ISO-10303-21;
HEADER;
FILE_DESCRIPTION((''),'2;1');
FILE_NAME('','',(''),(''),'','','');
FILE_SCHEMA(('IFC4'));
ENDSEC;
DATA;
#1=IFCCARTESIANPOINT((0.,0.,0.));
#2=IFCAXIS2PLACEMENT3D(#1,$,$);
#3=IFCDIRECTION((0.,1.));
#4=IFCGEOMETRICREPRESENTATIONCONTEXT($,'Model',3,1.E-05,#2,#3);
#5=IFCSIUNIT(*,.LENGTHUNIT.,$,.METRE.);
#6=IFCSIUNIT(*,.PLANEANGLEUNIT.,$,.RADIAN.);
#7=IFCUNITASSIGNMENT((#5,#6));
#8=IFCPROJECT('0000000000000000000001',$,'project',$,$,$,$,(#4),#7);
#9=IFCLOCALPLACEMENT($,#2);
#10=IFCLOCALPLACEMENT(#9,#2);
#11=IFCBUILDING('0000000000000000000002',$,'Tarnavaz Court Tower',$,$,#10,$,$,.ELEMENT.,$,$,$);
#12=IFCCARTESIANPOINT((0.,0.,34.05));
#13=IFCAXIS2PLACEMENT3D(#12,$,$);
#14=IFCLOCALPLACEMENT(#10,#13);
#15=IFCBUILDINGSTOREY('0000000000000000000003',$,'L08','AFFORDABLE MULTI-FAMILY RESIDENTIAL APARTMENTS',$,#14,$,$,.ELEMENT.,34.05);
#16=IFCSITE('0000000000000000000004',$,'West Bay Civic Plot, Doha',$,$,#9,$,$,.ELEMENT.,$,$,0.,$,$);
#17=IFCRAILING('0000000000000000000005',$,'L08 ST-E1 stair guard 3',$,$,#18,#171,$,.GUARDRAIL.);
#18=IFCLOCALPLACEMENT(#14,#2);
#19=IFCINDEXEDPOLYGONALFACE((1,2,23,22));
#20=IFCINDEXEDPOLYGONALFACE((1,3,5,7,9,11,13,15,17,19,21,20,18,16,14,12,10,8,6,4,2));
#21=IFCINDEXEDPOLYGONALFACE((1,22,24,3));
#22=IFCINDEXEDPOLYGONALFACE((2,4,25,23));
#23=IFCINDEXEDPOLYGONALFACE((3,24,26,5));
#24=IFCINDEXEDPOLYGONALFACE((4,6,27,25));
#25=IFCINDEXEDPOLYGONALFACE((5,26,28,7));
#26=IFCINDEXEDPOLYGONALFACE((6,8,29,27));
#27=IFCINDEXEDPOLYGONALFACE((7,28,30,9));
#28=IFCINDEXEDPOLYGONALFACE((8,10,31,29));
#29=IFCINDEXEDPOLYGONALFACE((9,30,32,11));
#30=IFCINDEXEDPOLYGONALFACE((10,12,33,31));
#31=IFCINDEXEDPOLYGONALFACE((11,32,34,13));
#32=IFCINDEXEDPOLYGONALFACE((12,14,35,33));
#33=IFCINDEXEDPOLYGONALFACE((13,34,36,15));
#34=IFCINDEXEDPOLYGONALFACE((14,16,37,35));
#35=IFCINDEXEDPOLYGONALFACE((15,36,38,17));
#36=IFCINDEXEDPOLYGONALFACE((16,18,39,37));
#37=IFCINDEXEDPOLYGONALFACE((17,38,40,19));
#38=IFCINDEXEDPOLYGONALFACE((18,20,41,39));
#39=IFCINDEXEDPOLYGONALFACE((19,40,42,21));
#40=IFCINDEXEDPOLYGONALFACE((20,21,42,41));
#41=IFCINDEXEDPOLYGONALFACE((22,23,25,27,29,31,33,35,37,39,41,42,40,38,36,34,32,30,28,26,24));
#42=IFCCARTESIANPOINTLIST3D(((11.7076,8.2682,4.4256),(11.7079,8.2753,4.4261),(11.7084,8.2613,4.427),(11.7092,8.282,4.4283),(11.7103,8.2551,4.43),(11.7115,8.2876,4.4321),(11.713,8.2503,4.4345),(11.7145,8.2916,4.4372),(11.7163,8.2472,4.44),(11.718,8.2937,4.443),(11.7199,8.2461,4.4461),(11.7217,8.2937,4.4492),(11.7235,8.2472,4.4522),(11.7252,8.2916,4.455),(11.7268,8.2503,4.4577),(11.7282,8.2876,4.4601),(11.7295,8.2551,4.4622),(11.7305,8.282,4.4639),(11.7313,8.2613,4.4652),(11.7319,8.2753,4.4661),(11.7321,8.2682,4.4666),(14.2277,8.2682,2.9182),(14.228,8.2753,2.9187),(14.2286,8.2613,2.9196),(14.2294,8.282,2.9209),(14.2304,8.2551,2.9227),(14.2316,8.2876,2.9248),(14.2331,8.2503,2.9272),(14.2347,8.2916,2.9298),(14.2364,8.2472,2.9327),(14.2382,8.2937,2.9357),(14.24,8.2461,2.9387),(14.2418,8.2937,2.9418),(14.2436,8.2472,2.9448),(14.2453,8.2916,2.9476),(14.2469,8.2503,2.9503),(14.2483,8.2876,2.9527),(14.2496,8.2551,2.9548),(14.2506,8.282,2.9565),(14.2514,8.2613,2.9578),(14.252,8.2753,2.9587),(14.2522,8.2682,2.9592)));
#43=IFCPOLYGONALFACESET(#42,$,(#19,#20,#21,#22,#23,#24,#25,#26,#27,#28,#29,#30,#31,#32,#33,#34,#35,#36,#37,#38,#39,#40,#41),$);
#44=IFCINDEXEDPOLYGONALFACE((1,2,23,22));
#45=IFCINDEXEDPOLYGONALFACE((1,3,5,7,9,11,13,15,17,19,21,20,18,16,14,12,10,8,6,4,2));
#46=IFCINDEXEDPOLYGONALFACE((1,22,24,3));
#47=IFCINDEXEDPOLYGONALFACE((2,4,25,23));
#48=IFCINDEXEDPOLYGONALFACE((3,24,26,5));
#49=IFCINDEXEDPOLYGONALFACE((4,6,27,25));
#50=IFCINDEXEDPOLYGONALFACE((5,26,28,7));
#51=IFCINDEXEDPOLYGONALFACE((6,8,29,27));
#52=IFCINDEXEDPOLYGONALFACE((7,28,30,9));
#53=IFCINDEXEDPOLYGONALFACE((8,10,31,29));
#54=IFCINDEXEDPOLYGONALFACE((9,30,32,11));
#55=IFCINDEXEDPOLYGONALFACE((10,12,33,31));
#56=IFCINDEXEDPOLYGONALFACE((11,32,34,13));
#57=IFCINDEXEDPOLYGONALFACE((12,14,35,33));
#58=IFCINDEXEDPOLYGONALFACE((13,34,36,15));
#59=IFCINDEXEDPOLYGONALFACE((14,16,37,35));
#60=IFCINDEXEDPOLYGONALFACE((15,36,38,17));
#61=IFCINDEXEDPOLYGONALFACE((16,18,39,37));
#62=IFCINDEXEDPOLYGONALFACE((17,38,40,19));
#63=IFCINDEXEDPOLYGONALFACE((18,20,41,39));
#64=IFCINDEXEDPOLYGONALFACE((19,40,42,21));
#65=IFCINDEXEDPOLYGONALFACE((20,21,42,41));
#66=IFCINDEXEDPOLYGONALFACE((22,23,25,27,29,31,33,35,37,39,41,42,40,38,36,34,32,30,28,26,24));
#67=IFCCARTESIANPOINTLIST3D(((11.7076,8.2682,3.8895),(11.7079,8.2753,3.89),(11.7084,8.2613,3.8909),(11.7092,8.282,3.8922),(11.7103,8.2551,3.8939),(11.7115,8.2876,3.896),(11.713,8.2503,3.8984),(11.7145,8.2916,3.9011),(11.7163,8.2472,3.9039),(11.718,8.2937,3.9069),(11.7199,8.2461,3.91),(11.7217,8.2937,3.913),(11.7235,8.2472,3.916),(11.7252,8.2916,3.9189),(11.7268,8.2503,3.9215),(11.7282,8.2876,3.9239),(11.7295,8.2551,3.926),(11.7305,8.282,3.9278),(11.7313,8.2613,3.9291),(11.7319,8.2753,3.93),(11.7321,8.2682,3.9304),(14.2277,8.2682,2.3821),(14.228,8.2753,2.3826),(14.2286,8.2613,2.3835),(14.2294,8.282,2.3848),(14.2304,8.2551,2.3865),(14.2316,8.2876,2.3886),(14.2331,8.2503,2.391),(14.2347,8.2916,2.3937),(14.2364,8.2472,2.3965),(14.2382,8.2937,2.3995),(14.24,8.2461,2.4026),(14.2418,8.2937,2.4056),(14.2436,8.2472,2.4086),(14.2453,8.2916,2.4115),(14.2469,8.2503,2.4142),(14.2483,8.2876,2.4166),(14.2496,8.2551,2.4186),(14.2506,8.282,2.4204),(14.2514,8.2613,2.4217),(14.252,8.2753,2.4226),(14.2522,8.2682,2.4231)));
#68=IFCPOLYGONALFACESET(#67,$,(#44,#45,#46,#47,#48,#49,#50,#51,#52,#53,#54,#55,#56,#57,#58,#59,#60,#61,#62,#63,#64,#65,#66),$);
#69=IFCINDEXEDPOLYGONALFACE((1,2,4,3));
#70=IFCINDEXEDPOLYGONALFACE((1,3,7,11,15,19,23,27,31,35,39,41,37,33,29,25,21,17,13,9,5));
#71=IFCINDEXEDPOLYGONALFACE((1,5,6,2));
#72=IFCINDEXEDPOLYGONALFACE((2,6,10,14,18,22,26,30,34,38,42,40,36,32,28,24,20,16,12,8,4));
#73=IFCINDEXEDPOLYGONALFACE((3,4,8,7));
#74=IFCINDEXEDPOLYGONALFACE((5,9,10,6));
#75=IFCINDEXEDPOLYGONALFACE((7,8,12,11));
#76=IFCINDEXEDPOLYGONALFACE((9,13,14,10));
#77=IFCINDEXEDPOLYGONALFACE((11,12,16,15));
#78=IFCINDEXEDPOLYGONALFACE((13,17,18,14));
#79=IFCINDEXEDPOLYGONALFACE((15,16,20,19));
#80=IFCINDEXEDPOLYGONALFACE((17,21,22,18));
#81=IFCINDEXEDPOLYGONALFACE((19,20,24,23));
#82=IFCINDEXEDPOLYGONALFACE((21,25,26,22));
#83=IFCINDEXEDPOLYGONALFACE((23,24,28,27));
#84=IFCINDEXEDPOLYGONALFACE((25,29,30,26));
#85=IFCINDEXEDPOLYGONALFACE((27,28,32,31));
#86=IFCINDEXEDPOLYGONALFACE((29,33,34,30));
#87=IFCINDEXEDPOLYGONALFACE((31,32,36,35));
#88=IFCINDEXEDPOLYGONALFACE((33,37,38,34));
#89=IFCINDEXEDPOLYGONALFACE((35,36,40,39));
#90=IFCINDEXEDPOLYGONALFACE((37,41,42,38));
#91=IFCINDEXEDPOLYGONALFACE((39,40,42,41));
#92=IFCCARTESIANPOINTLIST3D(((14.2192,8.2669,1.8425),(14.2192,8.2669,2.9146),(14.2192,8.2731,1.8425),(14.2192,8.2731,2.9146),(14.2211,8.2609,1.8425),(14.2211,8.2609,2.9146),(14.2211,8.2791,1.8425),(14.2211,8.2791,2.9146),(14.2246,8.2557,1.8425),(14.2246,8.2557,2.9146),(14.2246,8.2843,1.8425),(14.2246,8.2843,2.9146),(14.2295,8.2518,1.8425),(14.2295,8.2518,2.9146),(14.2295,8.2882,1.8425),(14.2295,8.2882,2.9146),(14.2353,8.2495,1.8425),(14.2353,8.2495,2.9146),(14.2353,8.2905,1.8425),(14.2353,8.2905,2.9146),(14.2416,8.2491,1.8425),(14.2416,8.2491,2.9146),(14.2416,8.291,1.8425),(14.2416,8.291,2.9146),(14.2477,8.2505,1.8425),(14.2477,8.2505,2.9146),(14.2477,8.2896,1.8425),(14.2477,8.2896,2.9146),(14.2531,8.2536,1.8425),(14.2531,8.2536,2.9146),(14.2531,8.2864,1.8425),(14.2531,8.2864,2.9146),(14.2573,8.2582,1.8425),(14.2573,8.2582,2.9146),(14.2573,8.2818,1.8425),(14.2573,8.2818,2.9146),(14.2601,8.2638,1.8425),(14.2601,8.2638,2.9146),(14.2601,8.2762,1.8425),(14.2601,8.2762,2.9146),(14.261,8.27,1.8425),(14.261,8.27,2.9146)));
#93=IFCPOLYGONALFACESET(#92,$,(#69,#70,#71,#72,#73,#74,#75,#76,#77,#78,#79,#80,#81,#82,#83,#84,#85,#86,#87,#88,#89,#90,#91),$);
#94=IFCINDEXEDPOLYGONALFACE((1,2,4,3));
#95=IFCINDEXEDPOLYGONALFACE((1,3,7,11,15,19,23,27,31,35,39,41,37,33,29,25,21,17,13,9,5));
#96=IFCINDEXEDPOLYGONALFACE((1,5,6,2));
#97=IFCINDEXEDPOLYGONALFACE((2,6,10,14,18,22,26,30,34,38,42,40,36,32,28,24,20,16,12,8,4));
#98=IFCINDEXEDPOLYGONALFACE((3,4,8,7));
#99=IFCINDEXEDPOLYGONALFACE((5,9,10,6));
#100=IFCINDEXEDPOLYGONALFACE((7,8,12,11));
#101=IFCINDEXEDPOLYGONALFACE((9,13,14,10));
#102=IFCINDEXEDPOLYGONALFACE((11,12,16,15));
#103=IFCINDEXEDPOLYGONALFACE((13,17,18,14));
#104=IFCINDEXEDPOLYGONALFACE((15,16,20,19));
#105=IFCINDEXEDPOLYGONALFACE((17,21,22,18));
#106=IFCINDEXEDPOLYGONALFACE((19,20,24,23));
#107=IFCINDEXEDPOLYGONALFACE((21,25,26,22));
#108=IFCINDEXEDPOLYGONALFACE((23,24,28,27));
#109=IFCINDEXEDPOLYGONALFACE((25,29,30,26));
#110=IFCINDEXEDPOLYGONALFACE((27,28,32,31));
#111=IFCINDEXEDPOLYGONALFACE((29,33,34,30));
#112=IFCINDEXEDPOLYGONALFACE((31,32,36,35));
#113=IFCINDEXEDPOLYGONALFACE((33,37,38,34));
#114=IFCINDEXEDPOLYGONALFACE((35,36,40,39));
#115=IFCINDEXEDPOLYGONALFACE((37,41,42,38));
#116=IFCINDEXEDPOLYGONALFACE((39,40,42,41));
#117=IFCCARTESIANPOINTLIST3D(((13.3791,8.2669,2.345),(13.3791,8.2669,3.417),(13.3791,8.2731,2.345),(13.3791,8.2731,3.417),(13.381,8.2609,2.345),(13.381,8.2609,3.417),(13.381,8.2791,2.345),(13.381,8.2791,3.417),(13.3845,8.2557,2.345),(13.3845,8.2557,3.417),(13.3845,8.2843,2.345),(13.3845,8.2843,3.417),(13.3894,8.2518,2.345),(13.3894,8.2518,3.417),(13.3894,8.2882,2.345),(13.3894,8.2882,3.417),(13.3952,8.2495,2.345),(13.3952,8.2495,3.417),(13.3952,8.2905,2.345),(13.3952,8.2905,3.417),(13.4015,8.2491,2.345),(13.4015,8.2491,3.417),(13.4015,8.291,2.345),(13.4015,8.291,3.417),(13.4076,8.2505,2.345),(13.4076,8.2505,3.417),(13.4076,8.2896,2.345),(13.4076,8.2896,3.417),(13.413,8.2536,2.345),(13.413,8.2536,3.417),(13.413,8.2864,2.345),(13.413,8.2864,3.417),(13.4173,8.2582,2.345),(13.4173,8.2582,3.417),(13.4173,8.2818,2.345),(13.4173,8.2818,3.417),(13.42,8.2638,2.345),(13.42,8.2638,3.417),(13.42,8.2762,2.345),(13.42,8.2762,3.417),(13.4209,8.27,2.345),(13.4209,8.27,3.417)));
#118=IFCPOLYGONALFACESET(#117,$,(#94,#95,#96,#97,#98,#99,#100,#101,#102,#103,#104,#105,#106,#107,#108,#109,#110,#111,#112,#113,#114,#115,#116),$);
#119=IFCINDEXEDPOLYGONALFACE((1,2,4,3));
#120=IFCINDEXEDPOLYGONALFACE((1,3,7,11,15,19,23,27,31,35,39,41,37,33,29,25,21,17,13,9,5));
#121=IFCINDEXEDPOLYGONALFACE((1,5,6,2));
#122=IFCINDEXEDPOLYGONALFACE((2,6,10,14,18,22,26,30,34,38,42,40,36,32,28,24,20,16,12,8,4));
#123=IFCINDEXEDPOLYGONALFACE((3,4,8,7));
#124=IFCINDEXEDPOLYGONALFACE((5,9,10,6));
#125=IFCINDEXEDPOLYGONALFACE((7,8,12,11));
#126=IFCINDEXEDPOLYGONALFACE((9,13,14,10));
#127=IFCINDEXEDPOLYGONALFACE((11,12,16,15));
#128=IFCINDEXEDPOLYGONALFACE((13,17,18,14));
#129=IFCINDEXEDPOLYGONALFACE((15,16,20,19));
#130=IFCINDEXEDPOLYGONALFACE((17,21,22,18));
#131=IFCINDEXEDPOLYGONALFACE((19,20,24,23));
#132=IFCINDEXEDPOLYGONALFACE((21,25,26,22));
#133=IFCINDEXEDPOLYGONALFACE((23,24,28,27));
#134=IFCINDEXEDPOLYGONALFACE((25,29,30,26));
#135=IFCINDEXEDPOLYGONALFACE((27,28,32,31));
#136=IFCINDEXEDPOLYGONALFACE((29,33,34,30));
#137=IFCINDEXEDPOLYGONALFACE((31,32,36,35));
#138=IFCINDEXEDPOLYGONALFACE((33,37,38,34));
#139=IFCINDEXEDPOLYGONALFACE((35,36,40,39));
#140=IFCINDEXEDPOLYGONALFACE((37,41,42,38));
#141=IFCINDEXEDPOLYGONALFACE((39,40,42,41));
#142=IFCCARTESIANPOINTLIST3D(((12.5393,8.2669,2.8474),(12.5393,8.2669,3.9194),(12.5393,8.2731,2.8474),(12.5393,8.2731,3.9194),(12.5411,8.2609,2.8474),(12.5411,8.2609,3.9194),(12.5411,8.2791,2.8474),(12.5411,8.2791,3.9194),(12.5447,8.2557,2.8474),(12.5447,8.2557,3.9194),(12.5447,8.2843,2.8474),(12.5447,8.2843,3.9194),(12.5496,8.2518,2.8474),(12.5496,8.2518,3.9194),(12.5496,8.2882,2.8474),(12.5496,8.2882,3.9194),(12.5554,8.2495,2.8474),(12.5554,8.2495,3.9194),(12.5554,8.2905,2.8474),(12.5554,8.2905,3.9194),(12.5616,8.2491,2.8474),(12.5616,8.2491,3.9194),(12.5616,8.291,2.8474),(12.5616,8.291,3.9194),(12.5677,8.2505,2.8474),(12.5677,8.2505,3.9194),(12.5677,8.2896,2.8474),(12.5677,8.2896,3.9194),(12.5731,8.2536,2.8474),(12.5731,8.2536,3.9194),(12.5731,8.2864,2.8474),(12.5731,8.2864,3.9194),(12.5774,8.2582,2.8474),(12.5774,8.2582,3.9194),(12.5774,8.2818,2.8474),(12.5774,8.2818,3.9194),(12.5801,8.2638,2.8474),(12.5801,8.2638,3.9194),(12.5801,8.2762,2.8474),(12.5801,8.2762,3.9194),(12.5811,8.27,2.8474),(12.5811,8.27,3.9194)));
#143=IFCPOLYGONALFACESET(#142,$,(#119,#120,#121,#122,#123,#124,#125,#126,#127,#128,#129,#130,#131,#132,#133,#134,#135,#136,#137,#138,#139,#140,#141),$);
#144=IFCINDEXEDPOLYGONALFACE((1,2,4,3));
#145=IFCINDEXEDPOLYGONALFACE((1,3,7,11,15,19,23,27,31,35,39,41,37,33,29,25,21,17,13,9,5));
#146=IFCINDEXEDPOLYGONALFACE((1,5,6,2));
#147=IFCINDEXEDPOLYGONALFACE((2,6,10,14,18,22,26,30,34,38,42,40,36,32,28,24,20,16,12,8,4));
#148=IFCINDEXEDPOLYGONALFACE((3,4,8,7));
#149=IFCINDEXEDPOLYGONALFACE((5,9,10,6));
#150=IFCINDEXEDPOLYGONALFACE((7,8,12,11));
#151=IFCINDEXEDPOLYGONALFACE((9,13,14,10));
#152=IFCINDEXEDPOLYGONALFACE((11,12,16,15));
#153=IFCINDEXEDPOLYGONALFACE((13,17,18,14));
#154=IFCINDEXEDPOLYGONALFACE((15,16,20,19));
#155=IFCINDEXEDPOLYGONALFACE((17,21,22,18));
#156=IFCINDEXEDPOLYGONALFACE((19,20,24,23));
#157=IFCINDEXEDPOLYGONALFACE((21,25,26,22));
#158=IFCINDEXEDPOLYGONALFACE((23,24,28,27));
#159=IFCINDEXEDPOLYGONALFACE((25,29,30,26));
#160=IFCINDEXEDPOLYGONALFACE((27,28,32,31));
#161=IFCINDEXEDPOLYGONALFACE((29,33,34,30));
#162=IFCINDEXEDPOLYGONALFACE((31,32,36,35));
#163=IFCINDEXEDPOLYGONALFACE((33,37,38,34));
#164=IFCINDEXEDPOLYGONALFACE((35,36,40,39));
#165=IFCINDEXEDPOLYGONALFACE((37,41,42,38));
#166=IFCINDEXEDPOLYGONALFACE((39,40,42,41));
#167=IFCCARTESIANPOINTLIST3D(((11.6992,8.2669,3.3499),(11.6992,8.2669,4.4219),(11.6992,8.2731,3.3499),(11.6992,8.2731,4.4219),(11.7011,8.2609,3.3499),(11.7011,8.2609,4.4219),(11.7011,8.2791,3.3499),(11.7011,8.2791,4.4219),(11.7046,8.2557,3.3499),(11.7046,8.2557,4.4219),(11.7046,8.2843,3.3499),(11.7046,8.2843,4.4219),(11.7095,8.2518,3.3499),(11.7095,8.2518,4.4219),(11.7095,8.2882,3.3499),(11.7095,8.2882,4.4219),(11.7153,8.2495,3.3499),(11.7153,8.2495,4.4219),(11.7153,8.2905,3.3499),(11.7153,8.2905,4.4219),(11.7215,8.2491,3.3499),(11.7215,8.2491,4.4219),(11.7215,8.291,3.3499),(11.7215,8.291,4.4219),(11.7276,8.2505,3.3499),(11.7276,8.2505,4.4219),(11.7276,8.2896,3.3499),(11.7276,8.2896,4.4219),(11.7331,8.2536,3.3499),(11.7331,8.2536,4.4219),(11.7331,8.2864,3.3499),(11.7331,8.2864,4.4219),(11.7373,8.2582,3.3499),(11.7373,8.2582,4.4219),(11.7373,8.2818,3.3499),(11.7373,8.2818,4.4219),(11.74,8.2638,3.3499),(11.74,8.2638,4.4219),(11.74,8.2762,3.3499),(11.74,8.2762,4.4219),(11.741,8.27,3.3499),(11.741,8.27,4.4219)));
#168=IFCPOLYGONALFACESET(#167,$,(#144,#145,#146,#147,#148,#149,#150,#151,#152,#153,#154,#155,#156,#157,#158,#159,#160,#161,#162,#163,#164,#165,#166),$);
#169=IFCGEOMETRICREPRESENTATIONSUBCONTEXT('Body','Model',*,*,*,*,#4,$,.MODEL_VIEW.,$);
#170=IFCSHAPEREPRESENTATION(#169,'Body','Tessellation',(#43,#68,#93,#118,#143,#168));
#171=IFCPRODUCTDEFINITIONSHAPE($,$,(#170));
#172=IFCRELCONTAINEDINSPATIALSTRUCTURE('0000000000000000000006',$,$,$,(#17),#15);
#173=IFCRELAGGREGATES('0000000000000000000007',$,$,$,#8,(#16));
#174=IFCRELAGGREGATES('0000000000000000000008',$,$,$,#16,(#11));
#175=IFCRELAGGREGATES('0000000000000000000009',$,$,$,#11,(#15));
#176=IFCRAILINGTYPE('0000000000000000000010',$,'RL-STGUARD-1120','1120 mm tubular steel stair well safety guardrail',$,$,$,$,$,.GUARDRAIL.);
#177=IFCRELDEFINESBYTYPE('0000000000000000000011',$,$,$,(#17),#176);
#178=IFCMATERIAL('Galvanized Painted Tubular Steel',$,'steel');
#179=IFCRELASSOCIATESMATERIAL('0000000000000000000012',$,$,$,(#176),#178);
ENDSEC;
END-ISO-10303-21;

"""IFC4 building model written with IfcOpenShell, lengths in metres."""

from ifc_helpers import new_model, si_unit, direction, frame, origin, origin_2d, place, context, subcontext, project, spatial, circle, extrude, material, type_object, element, save


model = new_model("IFC4")

# Units and contexts
model_context = context("Model", 3, precision=1e-05, world=origin(), true_north=direction((0.0, 1.0)))
body_context = subcontext(model_context, "Body", "Model", "MODEL_VIEW")
ifc_project = project(units=[si_unit("LENGTHUNIT", "METRE"), si_unit("PLANEANGLEUNIT", "RADIAN")], contexts=[model_context])

# Site, building, storey
site_placement = place(None, origin())
site = spatial("IfcSite", under=ifc_project, at=site_placement, Name="West Bay Civic Plot, Doha", CompositionType="ELEMENT", RefElevation=0.0)
building_placement = place(site_placement, origin())
building = spatial("IfcBuilding", under=site, at=building_placement, Name="Tarnavaz Court Tower", CompositionType="ELEMENT")
storey_placement = place(building_placement, frame((0.0, 0.0, 34.05)))
storey = spatial("IfcBuildingStorey", under=building, at=storey_placement, Name="L08", Description="AFFORDABLE MULTI-FAMILY RESIDENTIAL APARTMENTS", CompositionType="ELEMENT", Elevation=34.05)

# Railing
ifc_material_1 = material(Name="Galvanized Painted Tubular Steel", Category="steel")
railing_type_1 = type_object("IfcRailingType", Name="RL-STGUARD-1120", Description="1120 mm tubular steel stair well safety guardrail", PredefinedType="GUARDRAIL", material=ifc_material_1)
railing_1_placement = place(storey_placement, frame((14.24, 8.27, 1.8425)))
element("IfcRailing", 1, at=railing_1_placement, inside=storey, type_object=railing_type_1, Name="L08 ST-E1 stair guard 3", PredefinedType="GUARDRAIL", context=body_context, shape_type="SweptSolid", body=[
    extrude(circle(Radius=0.0239, at=origin_2d()), frame((0.0, 0.0, 1.0962), z_axis=(-0.858196, 0.0, 0.513321), x_axis=(0.0, -1.0, 0.0)), (0.0, 0.0, 1.0), 2.9365),
    extrude(circle(Radius=0.0239, at=origin_2d()), frame((0.0, 0.0, 0.5601), z_axis=(-0.858196, 0.0, 0.513321), x_axis=(0.0, -1.0, 0.0)), (0.0, 0.0, 1.0), 2.9365),
    extrude(circle(Radius=0.021, at=origin_2d()), origin(), (0.0, 0.0, 1.0), 1.072),
    extrude(circle(Radius=0.021, at=origin_2d()), frame((-0.8401, 0.0, 0.5024)), (0.0, 0.0, 1.0), 1.072),
    extrude(circle(Radius=0.021, at=origin_2d()), frame((-1.6799, 0.0, 1.0049)), (0.0, 0.0, 1.0), 1.072),
    extrude(circle(Radius=0.021, at=origin_2d()), frame((-2.52, 0.0, 1.5073)), (0.0, 0.0, 1.0), 1.072),
])

save(model, "model.ifc")
